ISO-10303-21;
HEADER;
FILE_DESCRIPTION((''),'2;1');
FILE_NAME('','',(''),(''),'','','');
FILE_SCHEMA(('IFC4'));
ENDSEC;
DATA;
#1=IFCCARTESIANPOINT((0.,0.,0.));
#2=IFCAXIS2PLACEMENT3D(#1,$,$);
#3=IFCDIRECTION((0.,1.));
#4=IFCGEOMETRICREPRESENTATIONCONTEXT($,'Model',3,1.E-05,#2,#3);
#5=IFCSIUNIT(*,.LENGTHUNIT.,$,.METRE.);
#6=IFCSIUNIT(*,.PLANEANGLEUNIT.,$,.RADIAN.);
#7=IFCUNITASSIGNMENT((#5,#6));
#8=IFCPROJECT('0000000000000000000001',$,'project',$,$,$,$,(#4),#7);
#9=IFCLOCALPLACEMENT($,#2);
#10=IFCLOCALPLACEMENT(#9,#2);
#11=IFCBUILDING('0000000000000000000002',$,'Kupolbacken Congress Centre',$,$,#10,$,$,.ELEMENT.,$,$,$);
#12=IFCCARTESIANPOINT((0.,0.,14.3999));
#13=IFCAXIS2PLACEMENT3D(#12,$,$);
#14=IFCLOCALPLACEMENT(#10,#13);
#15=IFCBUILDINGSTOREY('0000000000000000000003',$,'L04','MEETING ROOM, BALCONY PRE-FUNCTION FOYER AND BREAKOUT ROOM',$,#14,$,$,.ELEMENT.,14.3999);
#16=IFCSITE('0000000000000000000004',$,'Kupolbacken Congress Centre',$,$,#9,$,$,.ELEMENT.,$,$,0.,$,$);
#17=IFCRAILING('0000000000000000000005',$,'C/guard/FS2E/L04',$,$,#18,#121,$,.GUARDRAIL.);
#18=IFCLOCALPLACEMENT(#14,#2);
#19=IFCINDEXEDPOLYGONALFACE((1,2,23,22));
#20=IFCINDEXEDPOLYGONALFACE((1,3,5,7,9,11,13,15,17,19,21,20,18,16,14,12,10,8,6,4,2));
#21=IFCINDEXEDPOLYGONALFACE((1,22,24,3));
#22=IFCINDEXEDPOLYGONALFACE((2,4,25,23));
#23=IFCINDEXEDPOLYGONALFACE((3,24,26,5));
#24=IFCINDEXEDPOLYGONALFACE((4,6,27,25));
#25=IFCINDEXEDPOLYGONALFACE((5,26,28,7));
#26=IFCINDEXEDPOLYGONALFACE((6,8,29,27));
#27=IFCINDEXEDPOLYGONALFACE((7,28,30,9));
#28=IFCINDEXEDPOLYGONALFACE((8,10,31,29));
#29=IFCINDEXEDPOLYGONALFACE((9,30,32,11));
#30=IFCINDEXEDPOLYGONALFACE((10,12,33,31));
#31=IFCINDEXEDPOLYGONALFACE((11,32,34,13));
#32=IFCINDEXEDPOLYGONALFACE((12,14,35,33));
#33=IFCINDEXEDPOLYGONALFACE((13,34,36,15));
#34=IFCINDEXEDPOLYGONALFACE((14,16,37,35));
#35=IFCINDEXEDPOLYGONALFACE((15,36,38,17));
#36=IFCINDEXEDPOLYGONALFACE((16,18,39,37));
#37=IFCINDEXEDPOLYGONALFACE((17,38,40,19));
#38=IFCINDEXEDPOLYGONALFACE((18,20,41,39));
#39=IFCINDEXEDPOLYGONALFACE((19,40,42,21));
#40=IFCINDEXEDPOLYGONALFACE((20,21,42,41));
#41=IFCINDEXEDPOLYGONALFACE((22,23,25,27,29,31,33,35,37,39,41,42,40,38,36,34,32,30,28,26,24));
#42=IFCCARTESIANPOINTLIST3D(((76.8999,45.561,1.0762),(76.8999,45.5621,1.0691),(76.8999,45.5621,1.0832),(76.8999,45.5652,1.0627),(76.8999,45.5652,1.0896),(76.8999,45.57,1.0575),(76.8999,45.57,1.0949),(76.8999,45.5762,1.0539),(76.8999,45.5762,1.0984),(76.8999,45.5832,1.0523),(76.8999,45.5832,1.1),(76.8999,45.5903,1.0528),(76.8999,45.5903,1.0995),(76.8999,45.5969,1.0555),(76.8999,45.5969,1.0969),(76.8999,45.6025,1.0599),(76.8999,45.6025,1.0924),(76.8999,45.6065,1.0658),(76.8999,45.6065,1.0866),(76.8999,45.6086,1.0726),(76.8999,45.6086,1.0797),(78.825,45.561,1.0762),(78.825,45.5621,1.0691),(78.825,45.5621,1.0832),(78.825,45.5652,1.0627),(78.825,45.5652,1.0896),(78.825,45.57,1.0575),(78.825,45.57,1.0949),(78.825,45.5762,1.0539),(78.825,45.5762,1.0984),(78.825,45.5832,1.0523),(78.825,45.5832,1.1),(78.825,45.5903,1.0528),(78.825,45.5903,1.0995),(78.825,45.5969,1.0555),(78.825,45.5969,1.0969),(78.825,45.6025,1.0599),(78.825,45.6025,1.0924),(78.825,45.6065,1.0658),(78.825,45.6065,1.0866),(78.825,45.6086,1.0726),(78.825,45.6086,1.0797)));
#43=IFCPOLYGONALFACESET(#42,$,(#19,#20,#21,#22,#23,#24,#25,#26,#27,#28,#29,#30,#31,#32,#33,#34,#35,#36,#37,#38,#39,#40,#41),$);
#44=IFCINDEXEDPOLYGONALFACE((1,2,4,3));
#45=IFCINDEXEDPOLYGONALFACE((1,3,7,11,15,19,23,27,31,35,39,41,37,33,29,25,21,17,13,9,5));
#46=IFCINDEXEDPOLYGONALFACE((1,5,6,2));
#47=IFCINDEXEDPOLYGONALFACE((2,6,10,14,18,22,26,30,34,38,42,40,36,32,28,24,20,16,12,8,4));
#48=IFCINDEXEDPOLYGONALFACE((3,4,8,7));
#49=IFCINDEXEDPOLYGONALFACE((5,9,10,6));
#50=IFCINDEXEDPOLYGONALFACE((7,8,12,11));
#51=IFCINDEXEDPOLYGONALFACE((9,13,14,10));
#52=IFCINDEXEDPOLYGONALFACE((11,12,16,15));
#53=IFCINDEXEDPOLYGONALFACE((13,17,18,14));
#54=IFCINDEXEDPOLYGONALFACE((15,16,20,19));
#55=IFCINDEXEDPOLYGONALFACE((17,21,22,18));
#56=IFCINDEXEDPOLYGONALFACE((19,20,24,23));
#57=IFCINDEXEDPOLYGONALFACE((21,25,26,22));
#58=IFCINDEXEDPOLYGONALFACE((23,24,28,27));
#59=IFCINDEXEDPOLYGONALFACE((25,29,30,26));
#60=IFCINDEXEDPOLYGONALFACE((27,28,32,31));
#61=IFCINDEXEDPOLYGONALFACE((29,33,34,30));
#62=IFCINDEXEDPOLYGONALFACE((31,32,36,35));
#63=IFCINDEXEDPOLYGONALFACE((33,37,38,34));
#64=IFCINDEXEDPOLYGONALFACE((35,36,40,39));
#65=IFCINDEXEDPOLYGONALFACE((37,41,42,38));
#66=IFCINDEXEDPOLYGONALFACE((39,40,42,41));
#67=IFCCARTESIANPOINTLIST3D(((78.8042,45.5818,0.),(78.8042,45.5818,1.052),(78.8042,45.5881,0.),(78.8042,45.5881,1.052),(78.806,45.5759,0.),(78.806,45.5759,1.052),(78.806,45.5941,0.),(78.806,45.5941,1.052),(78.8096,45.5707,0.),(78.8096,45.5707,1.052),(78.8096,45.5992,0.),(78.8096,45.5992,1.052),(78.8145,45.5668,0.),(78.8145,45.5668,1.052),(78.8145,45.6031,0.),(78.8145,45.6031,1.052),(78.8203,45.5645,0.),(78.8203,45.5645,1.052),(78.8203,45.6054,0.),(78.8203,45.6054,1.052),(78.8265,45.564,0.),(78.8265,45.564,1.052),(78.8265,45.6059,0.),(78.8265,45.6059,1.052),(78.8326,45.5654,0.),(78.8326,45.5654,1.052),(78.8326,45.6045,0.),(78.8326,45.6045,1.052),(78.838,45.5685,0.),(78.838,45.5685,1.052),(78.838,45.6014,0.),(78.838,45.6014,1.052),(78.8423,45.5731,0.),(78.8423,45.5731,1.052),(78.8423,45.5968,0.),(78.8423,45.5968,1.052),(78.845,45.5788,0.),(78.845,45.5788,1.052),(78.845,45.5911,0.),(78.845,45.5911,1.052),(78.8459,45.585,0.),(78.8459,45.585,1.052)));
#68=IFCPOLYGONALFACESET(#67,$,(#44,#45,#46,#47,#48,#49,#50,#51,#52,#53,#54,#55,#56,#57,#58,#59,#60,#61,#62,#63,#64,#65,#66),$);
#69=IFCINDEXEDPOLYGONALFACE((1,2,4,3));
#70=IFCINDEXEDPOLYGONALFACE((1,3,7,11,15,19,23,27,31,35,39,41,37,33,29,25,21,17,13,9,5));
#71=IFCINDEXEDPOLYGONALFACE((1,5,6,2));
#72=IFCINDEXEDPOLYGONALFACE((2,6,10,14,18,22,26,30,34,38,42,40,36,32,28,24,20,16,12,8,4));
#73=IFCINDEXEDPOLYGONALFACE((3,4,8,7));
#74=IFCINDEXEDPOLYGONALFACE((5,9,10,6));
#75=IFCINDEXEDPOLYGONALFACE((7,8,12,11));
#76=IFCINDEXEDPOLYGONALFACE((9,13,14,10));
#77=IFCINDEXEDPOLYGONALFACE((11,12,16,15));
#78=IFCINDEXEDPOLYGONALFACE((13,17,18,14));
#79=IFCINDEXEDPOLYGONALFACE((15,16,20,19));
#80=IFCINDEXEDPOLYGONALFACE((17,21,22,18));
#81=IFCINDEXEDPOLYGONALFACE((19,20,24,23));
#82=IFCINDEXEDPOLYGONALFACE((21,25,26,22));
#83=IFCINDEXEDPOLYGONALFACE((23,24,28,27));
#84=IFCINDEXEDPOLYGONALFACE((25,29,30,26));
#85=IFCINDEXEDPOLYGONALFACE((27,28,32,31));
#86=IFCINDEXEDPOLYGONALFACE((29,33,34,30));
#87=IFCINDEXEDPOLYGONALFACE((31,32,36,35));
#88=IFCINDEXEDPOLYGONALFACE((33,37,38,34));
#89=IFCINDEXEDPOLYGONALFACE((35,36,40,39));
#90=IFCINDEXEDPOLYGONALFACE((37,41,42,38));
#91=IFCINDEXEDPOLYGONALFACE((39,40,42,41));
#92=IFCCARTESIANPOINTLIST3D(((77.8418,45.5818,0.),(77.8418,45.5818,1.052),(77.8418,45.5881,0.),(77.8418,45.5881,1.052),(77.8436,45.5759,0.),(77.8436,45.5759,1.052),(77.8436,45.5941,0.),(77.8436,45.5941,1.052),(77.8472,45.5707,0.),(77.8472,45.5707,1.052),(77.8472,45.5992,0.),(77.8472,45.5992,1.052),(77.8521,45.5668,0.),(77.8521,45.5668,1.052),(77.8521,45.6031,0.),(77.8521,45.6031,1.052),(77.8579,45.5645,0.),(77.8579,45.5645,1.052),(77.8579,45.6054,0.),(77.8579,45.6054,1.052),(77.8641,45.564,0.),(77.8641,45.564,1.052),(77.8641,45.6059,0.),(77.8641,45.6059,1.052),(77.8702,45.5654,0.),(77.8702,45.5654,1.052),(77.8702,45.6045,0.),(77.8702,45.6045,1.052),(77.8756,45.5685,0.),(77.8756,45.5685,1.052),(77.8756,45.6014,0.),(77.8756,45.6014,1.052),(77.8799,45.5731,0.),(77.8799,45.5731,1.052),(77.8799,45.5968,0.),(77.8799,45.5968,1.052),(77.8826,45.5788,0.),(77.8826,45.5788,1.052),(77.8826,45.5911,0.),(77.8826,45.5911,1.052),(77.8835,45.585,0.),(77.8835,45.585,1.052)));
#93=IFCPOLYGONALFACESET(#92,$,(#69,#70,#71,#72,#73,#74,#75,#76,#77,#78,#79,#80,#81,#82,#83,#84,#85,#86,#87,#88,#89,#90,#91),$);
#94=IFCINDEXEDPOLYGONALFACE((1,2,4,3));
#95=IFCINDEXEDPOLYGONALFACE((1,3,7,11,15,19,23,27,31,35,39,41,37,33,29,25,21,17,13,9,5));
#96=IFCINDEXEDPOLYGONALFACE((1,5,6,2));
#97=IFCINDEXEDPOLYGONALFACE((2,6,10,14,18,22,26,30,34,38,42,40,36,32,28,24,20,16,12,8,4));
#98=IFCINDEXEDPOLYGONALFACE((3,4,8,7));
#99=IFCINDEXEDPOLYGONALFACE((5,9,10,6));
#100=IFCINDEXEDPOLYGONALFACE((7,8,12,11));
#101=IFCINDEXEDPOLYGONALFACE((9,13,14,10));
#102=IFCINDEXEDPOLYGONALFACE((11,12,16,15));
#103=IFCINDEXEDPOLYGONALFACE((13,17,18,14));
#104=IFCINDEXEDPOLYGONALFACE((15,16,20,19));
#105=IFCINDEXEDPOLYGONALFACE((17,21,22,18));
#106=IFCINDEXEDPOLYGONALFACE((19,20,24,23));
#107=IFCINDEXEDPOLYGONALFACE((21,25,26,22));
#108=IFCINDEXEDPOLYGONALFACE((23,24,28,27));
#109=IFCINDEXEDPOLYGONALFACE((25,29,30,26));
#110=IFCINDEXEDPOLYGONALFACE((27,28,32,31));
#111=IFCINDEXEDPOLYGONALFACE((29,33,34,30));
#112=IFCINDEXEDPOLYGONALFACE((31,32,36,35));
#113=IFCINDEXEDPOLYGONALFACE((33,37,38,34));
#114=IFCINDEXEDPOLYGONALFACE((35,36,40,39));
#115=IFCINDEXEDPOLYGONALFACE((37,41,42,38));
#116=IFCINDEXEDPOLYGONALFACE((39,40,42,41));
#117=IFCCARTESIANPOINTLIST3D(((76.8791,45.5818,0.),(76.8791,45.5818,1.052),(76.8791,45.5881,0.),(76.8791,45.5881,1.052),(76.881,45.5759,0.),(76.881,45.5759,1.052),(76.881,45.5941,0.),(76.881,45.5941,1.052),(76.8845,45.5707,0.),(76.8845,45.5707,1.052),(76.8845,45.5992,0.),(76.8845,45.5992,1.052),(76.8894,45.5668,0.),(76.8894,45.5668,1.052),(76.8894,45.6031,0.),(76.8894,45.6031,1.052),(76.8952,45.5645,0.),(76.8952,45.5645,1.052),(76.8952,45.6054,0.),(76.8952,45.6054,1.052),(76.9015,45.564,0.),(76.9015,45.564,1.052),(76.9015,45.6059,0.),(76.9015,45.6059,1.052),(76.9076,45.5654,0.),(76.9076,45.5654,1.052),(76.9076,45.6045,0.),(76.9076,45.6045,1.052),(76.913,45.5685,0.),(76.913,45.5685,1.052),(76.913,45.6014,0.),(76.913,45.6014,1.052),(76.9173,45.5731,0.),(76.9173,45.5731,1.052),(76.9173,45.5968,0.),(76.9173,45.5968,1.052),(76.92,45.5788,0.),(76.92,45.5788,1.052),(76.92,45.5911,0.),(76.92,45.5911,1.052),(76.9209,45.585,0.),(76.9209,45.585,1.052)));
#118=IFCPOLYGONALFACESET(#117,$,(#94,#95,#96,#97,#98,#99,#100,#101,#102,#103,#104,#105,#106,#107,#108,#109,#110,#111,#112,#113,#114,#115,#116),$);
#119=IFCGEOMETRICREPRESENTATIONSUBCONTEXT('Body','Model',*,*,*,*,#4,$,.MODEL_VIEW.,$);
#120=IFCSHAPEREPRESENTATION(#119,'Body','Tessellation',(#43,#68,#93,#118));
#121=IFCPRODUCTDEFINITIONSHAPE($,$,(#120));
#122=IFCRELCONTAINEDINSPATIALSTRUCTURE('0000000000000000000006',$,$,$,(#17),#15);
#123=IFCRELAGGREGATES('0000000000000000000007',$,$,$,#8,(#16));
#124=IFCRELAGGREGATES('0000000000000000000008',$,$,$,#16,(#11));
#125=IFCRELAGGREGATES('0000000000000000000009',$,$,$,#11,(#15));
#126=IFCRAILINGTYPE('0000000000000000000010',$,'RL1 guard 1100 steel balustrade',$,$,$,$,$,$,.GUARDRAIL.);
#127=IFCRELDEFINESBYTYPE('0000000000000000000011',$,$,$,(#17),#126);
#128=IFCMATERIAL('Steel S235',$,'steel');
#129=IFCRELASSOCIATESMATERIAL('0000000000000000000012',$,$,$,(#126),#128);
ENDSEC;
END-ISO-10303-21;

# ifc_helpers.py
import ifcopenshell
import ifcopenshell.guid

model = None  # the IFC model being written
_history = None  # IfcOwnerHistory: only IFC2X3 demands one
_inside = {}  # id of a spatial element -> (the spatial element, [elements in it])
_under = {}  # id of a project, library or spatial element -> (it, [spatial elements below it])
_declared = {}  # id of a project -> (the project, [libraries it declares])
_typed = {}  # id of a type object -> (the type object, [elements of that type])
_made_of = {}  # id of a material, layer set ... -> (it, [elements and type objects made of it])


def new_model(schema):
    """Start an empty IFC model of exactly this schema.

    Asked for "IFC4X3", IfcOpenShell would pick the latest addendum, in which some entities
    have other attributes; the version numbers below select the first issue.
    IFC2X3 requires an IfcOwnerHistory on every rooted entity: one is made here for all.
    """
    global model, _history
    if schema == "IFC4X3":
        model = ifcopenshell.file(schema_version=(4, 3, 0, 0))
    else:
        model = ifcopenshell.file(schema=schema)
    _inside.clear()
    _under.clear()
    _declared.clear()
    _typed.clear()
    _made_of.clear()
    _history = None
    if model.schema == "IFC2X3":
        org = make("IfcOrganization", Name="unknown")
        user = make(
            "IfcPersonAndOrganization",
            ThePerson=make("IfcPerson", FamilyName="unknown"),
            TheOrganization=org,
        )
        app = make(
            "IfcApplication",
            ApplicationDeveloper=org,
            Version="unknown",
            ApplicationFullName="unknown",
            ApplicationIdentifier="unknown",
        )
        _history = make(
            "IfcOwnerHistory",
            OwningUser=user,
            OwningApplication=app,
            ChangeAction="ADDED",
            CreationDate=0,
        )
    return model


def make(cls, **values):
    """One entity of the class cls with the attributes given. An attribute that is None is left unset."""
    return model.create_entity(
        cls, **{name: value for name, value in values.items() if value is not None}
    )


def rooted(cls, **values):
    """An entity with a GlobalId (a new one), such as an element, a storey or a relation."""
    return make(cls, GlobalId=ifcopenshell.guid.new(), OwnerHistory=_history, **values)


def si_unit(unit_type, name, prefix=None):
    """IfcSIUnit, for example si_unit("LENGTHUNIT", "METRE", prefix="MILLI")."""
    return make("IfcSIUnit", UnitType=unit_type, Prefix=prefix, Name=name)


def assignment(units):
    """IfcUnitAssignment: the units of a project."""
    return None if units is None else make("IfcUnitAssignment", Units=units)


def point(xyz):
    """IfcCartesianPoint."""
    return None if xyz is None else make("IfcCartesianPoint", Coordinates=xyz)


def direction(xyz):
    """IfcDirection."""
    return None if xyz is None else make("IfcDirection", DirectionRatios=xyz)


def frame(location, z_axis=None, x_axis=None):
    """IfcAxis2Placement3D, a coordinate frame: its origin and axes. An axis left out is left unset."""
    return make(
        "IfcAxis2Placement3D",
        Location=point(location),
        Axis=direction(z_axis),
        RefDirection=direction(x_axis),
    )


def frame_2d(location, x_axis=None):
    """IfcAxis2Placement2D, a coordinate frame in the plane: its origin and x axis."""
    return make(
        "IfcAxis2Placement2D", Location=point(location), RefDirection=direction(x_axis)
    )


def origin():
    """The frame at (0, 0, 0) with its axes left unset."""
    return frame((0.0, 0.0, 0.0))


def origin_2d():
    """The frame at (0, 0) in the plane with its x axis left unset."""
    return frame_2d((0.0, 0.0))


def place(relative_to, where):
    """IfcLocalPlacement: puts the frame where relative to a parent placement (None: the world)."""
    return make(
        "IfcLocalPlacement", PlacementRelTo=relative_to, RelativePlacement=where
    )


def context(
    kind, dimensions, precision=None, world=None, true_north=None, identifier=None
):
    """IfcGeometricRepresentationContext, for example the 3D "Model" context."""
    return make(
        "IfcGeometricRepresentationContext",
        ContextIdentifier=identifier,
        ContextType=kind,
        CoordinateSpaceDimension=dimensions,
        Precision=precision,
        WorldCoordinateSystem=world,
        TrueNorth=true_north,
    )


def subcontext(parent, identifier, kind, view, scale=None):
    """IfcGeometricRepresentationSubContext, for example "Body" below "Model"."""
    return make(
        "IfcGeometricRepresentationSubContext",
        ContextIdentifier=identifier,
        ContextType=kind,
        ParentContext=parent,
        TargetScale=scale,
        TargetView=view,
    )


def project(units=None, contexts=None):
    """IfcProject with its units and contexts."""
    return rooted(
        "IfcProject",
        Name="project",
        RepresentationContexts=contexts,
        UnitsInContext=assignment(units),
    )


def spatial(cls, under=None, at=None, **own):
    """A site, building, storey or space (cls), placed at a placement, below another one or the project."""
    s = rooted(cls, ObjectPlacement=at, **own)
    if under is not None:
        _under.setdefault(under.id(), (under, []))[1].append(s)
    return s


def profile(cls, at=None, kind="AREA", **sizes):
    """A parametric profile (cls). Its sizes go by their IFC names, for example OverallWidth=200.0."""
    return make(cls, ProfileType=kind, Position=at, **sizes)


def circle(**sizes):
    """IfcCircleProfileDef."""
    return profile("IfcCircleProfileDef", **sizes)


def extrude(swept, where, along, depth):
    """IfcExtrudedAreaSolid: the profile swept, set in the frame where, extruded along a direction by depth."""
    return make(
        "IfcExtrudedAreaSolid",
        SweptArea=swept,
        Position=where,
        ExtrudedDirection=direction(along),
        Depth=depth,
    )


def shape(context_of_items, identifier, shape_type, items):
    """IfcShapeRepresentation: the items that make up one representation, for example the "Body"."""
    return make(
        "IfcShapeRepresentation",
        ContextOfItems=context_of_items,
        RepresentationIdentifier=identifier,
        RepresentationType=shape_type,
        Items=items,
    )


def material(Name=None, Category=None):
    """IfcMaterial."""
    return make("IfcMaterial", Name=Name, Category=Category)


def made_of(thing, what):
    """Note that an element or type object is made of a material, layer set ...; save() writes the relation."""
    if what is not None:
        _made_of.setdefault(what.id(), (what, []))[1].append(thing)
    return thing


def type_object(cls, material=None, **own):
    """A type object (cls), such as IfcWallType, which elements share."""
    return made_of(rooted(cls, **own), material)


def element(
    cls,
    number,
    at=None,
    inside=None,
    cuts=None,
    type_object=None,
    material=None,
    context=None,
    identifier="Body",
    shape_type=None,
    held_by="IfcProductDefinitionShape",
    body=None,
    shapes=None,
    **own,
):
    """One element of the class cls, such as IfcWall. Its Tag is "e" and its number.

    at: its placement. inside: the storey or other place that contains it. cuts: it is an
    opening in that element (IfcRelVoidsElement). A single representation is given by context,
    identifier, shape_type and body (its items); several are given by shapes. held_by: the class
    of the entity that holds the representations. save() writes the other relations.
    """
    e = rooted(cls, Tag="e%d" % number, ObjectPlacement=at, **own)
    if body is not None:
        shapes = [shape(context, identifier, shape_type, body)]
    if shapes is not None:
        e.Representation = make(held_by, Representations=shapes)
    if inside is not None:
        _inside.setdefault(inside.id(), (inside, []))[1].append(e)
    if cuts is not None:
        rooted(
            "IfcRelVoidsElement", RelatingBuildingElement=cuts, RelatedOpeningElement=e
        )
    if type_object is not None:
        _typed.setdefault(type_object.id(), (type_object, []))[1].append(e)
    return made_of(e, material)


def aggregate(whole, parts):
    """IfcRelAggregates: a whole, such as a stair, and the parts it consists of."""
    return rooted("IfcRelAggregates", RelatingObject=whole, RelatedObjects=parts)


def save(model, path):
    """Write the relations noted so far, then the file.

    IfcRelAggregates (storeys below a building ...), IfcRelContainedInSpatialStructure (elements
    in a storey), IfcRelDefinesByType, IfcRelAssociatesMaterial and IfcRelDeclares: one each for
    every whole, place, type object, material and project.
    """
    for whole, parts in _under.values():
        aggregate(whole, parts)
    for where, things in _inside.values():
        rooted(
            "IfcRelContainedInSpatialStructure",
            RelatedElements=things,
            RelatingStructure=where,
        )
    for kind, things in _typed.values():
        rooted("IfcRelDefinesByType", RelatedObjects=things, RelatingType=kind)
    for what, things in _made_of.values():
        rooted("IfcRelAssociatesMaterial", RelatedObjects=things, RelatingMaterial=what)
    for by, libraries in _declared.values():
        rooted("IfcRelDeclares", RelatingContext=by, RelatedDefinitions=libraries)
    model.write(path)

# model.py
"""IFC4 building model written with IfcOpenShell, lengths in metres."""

from ifc_helpers import new_model, si_unit, direction, frame, origin, origin_2d, place, context, subcontext, project, spatial, circle, extrude, material, type_object, element, save


model = new_model("IFC4")

# Units and contexts
model_context = context("Model", 3, precision=1e-05, world=origin(), true_north=direction((0.0, 1.0)))
body_context = subcontext(model_context, "Body", "Model", "MODEL_VIEW")
ifc_project = project(units=[si_unit("LENGTHUNIT", "METRE"), si_unit("PLANEANGLEUNIT", "RADIAN")], contexts=[model_context])

# Site, building, storey
site_placement = place(None, origin())
site = spatial("IfcSite", under=ifc_project, at=site_placement, Name="Kupolbacken Congress Centre", CompositionType="ELEMENT", RefElevation=0.0)
building_placement = place(site_placement, origin())
building = spatial("IfcBuilding", under=site, at=building_placement, Name="Kupolbacken Congress Centre", CompositionType="ELEMENT")
storey_placement = place(building_placement, frame((0.0, 0.0, 14.3999)))
storey = spatial("IfcBuildingStorey", under=building, at=storey_placement, Name="L04", Description="MEETING ROOM, BALCONY PRE-FUNCTION FOYER AND BREAKOUT ROOM", CompositionType="ELEMENT", Elevation=14.3999)

# Railing
ifc_material_1 = material(Name="Steel S235", Category="steel")
railing_type = type_object("IfcRailingType", Name="RL1 guard 1100 steel balustrade", PredefinedType="GUARDRAIL", material=ifc_material_1)
railing_1_placement = place(storey_placement, frame((78.825, 45.585, 0.0)))
element("IfcRailing", 1, at=railing_1_placement, inside=storey, type_object=railing_type, Name="C/guard/FS2E/L04", PredefinedType="GUARDRAIL", context=body_context, shape_type="SweptSolid", body=[
    extrude(circle(Radius=0.0239, at=origin_2d()), frame((0.0, 0.0, 1.0762), z_axis=(-1.0, 0.0, 0.0), x_axis=(0.0, -1.0, 0.0)), (0.0, 0.0, 1.0), 1.925),
    extrude(circle(Radius=0.021, at=origin_2d()), origin(), (0.0, 0.0, 1.0), 1.052),
    extrude(circle(Radius=0.021, at=origin_2d()), frame((-0.9624, 0.0, 0.0)), (0.0, 0.0, 1.0), 1.052),
    extrude(circle(Radius=0.021, at=origin_2d()), frame((-1.925, 0.0, 0.0)), (0.0, 0.0, 1.0), 1.052),
])

save(model, "model.ifc")
